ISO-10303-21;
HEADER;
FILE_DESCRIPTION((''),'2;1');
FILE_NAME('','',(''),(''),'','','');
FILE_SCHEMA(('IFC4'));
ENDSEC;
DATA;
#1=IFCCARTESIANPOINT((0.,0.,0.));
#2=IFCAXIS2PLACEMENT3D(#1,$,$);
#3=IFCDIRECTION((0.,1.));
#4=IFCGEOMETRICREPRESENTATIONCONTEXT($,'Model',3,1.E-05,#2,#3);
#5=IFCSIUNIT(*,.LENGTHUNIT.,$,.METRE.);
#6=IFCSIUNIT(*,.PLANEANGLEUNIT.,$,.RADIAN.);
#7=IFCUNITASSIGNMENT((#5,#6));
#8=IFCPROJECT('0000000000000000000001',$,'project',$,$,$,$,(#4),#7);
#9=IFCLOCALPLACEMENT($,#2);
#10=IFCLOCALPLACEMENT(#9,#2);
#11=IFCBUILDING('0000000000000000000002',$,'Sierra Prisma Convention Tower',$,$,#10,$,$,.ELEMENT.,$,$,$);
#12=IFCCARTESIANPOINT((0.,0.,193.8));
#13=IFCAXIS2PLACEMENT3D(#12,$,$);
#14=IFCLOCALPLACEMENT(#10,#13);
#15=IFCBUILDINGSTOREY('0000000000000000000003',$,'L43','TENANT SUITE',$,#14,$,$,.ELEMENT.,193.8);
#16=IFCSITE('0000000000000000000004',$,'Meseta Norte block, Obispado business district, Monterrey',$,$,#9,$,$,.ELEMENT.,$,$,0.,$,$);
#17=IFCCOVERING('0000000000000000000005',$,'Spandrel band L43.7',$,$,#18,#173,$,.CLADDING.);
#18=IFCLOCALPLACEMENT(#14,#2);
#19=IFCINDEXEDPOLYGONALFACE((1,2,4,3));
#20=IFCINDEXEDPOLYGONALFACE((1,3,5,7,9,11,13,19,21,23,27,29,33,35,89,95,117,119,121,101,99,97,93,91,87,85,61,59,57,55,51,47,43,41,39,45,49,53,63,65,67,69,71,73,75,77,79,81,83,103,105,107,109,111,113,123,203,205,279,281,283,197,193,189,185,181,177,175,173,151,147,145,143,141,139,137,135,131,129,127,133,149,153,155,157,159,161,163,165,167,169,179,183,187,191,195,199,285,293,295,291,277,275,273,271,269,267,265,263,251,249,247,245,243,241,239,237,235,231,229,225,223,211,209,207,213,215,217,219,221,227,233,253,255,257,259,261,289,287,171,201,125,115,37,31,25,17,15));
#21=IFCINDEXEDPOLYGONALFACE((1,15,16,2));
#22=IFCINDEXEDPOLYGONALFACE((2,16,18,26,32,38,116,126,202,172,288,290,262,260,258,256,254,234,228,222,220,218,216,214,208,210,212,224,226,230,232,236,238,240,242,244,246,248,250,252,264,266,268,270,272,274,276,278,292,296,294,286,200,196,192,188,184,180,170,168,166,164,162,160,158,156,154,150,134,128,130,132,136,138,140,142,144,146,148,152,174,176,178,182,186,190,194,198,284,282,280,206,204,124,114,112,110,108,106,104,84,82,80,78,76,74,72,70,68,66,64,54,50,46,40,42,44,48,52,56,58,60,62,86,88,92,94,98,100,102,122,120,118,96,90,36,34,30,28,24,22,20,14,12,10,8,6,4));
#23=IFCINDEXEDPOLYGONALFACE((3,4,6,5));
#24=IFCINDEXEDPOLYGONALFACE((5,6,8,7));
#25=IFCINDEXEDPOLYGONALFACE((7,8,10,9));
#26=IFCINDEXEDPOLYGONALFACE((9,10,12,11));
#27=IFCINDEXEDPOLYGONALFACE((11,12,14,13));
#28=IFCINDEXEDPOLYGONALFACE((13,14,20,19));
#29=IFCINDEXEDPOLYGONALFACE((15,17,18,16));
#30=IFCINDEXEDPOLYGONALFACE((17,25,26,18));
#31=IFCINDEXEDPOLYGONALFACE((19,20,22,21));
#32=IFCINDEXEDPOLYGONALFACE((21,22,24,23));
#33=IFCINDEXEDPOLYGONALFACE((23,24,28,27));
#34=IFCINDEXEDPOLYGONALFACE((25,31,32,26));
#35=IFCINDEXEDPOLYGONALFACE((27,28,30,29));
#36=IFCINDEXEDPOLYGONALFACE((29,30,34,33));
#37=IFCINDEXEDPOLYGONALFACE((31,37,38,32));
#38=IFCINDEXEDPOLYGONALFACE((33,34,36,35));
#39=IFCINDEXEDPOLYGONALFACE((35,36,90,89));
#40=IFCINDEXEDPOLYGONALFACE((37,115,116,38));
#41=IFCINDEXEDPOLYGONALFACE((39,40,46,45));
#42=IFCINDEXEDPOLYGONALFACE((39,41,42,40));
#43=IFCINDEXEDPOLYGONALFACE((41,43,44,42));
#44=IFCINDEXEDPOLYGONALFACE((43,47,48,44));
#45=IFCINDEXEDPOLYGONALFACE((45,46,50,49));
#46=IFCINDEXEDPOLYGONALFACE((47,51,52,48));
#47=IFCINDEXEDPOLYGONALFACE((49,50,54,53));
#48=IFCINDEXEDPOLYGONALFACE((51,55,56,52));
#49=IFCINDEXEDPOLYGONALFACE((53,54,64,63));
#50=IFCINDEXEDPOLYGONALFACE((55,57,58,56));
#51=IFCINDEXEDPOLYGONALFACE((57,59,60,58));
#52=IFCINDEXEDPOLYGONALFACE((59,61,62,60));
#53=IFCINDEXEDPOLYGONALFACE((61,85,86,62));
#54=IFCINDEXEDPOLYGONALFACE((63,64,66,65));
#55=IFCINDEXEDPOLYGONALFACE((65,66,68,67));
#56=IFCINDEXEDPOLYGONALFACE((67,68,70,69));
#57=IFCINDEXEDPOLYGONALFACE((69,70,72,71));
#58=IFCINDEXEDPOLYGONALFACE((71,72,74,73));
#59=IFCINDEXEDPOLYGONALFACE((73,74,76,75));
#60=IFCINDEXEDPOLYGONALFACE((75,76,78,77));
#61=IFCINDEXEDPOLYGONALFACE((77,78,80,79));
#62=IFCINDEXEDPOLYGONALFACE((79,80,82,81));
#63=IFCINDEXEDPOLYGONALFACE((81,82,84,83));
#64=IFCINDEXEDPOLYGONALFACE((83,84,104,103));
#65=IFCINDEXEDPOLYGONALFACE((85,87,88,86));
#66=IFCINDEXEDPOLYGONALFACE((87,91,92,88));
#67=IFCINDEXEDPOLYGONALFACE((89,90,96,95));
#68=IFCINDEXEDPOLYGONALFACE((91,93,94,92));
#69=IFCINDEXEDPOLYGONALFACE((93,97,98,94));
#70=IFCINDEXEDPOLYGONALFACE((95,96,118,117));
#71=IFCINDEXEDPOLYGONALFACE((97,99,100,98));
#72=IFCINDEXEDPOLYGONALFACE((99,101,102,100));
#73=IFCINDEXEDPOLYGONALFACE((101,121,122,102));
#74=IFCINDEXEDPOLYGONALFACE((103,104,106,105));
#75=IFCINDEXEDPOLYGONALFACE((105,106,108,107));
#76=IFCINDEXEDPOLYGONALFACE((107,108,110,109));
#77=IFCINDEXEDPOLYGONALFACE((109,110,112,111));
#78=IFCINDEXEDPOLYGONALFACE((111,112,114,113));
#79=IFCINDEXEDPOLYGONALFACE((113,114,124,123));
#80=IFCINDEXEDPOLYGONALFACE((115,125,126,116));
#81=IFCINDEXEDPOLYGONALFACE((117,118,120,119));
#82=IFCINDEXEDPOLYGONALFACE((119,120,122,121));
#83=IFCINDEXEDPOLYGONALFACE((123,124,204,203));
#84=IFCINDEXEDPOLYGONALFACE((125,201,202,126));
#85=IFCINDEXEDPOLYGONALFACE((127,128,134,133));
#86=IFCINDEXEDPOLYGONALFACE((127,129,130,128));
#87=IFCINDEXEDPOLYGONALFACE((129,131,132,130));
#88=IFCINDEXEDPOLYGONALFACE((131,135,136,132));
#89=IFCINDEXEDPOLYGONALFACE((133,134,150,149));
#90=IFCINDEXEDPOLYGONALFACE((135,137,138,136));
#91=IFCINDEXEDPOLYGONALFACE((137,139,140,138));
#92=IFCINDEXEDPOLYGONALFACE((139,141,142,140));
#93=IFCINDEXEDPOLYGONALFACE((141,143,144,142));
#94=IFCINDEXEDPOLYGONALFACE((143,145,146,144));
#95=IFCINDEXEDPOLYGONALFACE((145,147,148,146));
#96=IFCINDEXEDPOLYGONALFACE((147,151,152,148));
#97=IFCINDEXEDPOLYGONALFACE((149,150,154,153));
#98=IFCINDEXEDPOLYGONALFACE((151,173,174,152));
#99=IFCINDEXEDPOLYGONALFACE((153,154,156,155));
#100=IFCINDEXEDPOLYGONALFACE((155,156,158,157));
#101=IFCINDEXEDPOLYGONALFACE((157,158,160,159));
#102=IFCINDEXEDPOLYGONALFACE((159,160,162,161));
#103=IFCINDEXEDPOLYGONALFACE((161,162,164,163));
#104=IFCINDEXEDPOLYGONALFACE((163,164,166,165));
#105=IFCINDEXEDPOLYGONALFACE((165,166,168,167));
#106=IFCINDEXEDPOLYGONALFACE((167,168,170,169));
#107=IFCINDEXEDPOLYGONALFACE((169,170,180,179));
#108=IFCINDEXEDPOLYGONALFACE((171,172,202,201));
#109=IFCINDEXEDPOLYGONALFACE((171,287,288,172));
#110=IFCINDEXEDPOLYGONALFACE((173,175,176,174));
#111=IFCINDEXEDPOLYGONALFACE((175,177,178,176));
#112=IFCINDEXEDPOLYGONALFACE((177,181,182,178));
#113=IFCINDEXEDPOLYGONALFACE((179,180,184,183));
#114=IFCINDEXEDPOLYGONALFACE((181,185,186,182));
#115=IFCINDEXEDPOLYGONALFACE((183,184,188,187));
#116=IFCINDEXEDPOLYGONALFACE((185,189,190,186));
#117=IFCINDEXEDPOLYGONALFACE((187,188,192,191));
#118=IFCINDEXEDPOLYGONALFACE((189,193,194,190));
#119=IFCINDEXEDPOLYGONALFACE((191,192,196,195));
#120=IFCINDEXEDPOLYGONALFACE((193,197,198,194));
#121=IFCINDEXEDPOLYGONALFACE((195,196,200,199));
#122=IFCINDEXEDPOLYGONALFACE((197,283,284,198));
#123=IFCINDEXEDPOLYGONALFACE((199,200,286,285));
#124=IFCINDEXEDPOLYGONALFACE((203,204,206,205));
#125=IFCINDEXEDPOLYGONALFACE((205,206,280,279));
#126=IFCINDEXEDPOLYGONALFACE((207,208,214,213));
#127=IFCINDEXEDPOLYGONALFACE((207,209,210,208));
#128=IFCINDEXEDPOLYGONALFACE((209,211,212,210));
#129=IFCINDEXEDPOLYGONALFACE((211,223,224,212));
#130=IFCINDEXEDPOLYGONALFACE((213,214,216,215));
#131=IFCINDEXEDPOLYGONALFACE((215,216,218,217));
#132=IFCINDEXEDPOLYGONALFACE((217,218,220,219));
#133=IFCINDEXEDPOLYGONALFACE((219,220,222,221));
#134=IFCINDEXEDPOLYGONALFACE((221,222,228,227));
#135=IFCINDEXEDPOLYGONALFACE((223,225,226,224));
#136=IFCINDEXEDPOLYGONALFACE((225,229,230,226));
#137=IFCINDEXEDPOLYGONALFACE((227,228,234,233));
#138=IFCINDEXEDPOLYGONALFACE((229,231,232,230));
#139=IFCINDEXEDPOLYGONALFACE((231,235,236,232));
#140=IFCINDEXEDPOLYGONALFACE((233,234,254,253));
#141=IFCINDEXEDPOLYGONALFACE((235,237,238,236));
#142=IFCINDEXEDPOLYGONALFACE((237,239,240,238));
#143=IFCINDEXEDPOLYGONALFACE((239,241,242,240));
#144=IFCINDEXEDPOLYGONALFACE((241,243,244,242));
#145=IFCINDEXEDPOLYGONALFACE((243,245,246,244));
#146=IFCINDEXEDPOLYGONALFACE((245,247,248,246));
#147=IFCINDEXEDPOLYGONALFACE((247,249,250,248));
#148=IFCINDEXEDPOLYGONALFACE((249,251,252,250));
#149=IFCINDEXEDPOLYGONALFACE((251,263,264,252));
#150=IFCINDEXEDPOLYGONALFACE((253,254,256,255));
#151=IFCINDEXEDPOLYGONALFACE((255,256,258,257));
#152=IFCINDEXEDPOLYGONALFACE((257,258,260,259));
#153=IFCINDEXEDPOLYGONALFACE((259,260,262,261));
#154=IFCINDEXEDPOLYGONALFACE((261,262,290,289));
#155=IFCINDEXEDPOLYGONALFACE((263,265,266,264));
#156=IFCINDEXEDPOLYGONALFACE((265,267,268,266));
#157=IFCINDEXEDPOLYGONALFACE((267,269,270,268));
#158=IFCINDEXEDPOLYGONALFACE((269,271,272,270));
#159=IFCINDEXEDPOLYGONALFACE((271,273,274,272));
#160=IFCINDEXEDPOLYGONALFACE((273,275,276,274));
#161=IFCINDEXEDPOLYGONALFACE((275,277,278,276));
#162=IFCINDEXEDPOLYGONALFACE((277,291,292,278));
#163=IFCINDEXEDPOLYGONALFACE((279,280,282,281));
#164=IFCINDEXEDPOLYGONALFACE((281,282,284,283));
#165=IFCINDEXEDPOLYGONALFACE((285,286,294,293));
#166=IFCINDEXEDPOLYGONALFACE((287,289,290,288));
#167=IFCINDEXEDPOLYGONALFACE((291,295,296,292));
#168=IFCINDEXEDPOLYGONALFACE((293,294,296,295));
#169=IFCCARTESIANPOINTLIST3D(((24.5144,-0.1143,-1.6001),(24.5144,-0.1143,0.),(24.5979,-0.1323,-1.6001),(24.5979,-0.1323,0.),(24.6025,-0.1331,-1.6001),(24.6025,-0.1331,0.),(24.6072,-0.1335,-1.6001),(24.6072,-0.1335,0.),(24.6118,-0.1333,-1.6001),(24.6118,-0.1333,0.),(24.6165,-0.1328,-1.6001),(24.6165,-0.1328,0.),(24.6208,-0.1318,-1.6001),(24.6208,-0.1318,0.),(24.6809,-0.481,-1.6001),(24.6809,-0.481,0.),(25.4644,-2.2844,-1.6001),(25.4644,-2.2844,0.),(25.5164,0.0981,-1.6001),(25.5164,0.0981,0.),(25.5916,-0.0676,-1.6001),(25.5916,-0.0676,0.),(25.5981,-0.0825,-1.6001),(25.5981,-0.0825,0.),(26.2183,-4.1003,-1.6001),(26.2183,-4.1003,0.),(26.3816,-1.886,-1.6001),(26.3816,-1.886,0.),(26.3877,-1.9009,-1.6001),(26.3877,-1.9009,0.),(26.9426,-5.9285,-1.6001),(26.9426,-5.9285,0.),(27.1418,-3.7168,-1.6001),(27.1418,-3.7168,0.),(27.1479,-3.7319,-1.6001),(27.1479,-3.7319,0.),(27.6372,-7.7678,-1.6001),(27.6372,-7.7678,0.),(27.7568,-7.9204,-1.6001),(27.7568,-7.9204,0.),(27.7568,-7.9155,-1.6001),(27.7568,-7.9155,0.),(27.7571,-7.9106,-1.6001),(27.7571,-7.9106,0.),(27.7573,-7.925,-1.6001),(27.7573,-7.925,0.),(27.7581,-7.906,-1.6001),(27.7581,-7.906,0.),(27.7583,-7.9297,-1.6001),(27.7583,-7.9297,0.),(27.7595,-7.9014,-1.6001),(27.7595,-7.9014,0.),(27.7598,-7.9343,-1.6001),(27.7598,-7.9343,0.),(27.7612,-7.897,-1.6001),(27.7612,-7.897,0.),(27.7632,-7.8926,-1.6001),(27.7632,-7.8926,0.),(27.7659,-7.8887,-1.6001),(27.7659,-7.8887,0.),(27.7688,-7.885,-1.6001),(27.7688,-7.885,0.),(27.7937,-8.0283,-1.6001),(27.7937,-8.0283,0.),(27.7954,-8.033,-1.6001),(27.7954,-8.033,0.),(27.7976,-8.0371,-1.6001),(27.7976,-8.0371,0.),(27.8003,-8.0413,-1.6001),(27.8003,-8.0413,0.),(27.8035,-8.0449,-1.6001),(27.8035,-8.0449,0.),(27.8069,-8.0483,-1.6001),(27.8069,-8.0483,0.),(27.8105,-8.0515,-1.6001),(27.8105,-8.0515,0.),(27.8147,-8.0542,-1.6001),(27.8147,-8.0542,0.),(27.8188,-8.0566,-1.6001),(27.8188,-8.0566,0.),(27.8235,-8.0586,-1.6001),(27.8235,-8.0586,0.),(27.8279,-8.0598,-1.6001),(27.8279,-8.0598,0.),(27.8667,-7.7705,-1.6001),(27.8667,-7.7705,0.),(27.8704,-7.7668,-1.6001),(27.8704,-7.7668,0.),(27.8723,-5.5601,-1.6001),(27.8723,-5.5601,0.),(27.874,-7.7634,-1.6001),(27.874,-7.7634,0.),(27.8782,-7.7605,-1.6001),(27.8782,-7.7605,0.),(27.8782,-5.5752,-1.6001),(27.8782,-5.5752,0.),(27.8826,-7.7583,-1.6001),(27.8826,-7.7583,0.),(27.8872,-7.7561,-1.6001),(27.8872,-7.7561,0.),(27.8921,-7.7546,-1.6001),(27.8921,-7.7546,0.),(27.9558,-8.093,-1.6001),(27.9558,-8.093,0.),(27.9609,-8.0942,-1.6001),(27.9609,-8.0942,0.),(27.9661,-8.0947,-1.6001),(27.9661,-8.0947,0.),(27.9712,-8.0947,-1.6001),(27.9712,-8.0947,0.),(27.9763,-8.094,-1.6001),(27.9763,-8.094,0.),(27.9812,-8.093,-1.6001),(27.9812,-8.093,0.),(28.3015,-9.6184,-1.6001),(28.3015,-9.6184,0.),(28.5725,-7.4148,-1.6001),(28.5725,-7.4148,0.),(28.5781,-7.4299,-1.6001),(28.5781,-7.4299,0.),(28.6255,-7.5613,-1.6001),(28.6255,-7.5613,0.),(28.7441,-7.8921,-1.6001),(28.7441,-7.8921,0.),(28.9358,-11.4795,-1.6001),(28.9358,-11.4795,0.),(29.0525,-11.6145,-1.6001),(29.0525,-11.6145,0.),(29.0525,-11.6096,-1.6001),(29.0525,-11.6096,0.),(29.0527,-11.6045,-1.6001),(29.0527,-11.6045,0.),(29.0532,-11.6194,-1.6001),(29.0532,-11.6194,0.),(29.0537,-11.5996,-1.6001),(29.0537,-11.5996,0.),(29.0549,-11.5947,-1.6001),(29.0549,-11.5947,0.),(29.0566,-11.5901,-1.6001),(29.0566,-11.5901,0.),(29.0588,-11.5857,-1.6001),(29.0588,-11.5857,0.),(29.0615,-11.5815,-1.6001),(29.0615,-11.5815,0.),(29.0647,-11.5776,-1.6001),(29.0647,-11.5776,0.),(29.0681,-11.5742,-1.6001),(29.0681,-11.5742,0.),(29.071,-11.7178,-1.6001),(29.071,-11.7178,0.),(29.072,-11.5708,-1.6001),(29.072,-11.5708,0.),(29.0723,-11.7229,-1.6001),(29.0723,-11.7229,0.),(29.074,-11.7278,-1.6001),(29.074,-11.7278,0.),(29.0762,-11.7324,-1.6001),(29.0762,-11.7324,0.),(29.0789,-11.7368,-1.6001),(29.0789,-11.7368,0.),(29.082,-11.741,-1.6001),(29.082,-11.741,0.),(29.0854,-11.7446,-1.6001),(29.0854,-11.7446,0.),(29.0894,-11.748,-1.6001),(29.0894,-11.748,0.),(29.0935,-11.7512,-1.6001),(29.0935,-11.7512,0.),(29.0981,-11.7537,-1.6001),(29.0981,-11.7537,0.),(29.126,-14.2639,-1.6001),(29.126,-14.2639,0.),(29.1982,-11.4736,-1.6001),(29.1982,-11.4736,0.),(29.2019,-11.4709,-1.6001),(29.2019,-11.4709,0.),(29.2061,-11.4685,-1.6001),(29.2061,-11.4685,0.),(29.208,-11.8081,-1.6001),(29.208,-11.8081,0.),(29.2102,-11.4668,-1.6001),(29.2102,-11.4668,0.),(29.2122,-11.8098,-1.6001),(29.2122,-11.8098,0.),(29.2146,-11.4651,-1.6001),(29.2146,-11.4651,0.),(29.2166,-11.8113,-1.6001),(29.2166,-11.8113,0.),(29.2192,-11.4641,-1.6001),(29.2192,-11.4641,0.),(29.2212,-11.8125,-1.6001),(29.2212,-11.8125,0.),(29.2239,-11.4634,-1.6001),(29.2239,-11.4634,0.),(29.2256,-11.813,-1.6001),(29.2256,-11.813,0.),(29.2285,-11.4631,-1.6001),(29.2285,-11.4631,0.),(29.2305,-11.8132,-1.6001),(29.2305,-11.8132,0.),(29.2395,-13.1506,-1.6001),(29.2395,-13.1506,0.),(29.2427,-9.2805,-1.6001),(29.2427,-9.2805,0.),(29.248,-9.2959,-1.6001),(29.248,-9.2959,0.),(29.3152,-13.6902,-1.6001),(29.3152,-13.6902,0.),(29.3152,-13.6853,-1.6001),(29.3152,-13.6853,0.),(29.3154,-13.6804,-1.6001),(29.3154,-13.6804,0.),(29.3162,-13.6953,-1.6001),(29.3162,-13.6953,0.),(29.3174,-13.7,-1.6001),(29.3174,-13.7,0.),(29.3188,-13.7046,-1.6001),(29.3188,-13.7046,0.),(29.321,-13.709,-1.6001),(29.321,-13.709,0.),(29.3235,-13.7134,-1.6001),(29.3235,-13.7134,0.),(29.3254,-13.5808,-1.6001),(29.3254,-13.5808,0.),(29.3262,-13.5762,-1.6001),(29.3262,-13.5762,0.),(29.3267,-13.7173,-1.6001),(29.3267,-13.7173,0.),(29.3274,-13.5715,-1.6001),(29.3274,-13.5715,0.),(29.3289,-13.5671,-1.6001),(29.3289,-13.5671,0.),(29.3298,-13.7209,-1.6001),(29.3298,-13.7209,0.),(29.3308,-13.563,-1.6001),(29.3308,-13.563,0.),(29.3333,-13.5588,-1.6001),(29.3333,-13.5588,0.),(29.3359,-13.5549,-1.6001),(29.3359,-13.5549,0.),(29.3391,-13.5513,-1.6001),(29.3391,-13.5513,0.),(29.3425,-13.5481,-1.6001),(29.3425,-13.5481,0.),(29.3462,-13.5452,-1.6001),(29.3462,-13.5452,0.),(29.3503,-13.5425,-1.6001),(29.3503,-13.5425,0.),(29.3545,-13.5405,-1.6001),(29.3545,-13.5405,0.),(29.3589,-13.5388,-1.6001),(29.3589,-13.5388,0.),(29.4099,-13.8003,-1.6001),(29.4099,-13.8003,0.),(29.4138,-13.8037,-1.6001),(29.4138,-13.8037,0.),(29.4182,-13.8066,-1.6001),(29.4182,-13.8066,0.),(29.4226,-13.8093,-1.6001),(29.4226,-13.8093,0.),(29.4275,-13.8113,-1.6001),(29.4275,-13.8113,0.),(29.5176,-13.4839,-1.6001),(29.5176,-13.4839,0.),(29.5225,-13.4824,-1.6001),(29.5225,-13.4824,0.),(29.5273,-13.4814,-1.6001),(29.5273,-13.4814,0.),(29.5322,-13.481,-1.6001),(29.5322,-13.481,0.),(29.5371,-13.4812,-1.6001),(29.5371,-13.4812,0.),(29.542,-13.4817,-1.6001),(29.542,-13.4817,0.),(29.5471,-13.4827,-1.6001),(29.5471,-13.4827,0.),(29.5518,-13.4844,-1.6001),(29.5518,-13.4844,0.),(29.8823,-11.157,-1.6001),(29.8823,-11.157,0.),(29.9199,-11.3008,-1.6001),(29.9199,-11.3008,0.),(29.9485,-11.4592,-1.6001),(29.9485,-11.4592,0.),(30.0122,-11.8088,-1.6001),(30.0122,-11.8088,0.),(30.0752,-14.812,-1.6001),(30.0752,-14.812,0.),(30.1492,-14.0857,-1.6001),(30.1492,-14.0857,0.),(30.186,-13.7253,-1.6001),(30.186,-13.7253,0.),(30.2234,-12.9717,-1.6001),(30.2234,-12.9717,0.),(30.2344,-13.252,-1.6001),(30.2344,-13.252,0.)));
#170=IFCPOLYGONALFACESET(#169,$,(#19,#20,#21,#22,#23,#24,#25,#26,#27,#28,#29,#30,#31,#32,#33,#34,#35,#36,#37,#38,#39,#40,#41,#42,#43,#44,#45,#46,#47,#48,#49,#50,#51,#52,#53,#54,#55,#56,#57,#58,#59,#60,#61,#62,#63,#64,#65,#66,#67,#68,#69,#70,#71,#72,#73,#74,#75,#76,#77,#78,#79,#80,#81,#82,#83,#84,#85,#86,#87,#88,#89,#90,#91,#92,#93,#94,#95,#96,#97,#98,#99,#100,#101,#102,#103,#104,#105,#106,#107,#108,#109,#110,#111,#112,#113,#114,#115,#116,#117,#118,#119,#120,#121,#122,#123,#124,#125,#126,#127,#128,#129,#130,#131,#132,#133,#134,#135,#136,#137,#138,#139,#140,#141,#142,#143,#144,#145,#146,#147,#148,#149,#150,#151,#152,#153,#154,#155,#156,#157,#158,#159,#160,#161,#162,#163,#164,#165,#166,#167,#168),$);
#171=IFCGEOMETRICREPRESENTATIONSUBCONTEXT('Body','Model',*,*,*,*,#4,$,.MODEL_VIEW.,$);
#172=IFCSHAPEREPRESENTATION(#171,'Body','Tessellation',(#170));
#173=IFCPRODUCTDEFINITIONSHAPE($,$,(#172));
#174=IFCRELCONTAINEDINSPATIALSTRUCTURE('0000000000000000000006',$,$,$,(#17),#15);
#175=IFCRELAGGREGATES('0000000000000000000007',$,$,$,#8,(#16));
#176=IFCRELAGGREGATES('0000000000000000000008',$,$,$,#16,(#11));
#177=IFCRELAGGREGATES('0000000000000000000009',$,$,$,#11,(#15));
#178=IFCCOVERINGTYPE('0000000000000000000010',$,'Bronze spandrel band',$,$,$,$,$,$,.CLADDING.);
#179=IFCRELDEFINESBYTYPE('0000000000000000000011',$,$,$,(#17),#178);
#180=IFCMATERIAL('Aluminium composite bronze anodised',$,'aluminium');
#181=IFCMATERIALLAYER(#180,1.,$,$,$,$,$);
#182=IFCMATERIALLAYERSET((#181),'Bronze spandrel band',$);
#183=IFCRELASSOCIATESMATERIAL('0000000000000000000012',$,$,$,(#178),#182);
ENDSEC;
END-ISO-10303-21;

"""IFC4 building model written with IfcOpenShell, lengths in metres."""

from ifc_helpers import new_model, si_unit, direction, frame, origin, place, context, subcontext, project, spatial, polyline, outline, extrude, material, layer, layer_set, type_object, element, save


model = new_model("IFC4")

# Units and contexts
model_context = context("Model", 3, precision=1e-05, world=origin(), true_north=direction((0.0, 1.0)))
body_context = subcontext(model_context, "Body", "Model", "MODEL_VIEW")
ifc_project = project(units=[si_unit("LENGTHUNIT", "METRE"), si_unit("PLANEANGLEUNIT", "RADIAN")], contexts=[model_context])

# Site, building, storey
site_placement = place(None, origin())
site = spatial("IfcSite", under=ifc_project, at=site_placement, Name="Meseta Norte block, Obispado business district, Monterrey", CompositionType="ELEMENT", RefElevation=0.0)
building_placement = place(site_placement, origin())
building = spatial("IfcBuilding", under=site, at=building_placement, Name="Sierra Prisma Convention Tower", CompositionType="ELEMENT")
storey_placement = place(building_placement, frame((0.0, 0.0, 193.8)))
storey = spatial("IfcBuildingStorey", under=building, at=storey_placement, Name="L43", Description="TENANT SUITE", CompositionType="ELEMENT", Elevation=193.8)

# Covering
ifc_material_1 = material(Name="Aluminium composite bronze anodised", Category="aluminium")
ifc_layer_1 = layer(ifc_material_1, 1.0)
ifc_layer_set_1 = layer_set([ifc_layer_1], Name="Bronze spandrel band")
covering_type = type_object("IfcCoveringType", Name="Bronze spandrel band", PredefinedType="CLADDING", material=ifc_layer_set_1)
covering_1_placement = place(storey_placement, frame((0.0, 0.0, -1.6001)))
element("IfcCovering", 1, at=covering_1_placement, inside=storey, type_object=covering_type, Name="Spandrel band L43.7", PredefinedType="CLADDING", context=body_context, shape_type="SweptSolid", body=[
    extrude(outline(polyline([(27.8826, -7.7583), (27.8782, -7.7605), (27.874, -7.7634), (27.8704, -7.7668), (27.8667, -7.7705), (27.7688, -7.885), (27.7659, -7.8887), (27.7632, -7.8926), (27.7612, -7.897), (27.7595, -7.9014), (27.7581, -7.906), (27.7571, -7.9106), (27.7568, -7.9155), (27.7568, -7.9204), (27.7573, -7.925), (27.7583, -7.9297), (27.7598, -7.9343), (27.7937, -8.0283), (27.7954, -8.033), (27.7976, -8.0371), (27.8003, -8.0413), (27.8035, -8.0449), (27.8069, -8.0483), (27.8105, -8.0515), (27.8147, -8.0542), (27.8188, -8.0566), (27.8235, -8.0586), (27.8279, -8.0598), (27.9558, -8.093), (27.9609, -8.0942), (27.9661, -8.0947), (27.9712, -8.0947), (27.9763, -8.094), (27.9812, -8.093), (28.7441, -7.8921), (29.2427, -9.2805), (29.248, -9.2959), (29.8823, -11.157), (29.9199, -11.3008), (29.9485, -11.4592), (29.2285, -11.4631), (29.2239, -11.4634), (29.2192, -11.4641), (29.2146, -11.4651), (29.2102, -11.4668), (29.2061, -11.4685), (29.2019, -11.4709), (29.1982, -11.4736), (29.072, -11.5708), (29.0681, -11.5742), (29.0647, -11.5776), (29.0615, -11.5815), (29.0588, -11.5857), (29.0566, -11.5901), (29.0549, -11.5947), (29.0537, -11.5996), (29.0527, -11.6045), (29.0525, -11.6096), (29.0525, -11.6145), (29.0532, -11.6194), (29.071, -11.7178), (29.0723, -11.7229), (29.074, -11.7278), (29.0762, -11.7324), (29.0789, -11.7368), (29.082, -11.741), (29.0854, -11.7446), (29.0894, -11.748), (29.0935, -11.7512), (29.0981, -11.7537), (29.208, -11.8081), (29.2122, -11.8098), (29.2166, -11.8113), (29.2212, -11.8125), (29.2256, -11.813), (29.2305, -11.8132), (30.0122, -11.8088), (30.2234, -12.9717), (30.2344, -13.252), (30.186, -13.7253), (29.5518, -13.4844), (29.5471, -13.4827), (29.542, -13.4817), (29.5371, -13.4812), (29.5322, -13.481), (29.5273, -13.4814), (29.5225, -13.4824), (29.5176, -13.4839), (29.3589, -13.5388), (29.3545, -13.5405), (29.3503, -13.5425), (29.3462, -13.5452), (29.3425, -13.5481), (29.3391, -13.5513), (29.3359, -13.5549), (29.3333, -13.5588), (29.3308, -13.563), (29.3289, -13.5671), (29.3274, -13.5715), (29.3262, -13.5762), (29.3254, -13.5808), (29.3154, -13.6804), (29.3152, -13.6853), (29.3152, -13.6902), (29.3162, -13.6953), (29.3174, -13.7), (29.3188, -13.7046), (29.321, -13.709), (29.3235, -13.7134), (29.3267, -13.7173), (29.3298, -13.7209), (29.4099, -13.8003), (29.4138, -13.8037), (29.4182, -13.8066), (29.4226, -13.8093), (29.4275, -13.8113), (30.1492, -14.0857), (30.0752, -14.812), (29.126, -14.2639), (29.2395, -13.1506), (28.9358, -11.4795), (28.3015, -9.6184), (27.6372, -7.7678), (26.9426, -5.9285), (26.2183, -4.1003), (25.4644, -2.2844), (24.6809, -0.481), (24.5144, -0.1143), (24.5979, -0.1323), (24.6025, -0.1331), (24.6072, -0.1335), (24.6118, -0.1333), (24.6165, -0.1328), (24.6208, -0.1318), (25.5164, 0.0981), (25.5916, -0.0676), (25.5981, -0.0825), (26.3816, -1.886), (26.3877, -1.9009), (27.1418, -3.7168), (27.1479, -3.7319), (27.8723, -5.5601), (27.8782, -5.5752), (28.5725, -7.4148), (28.5781, -7.4299), (28.6255, -7.5613), (27.8921, -7.7546), (27.8872, -7.7561), (27.8826, -7.7583)])), origin(), (0.0, 0.0, 1.0), 1.6001),
])

save(model, "model.ifc")
